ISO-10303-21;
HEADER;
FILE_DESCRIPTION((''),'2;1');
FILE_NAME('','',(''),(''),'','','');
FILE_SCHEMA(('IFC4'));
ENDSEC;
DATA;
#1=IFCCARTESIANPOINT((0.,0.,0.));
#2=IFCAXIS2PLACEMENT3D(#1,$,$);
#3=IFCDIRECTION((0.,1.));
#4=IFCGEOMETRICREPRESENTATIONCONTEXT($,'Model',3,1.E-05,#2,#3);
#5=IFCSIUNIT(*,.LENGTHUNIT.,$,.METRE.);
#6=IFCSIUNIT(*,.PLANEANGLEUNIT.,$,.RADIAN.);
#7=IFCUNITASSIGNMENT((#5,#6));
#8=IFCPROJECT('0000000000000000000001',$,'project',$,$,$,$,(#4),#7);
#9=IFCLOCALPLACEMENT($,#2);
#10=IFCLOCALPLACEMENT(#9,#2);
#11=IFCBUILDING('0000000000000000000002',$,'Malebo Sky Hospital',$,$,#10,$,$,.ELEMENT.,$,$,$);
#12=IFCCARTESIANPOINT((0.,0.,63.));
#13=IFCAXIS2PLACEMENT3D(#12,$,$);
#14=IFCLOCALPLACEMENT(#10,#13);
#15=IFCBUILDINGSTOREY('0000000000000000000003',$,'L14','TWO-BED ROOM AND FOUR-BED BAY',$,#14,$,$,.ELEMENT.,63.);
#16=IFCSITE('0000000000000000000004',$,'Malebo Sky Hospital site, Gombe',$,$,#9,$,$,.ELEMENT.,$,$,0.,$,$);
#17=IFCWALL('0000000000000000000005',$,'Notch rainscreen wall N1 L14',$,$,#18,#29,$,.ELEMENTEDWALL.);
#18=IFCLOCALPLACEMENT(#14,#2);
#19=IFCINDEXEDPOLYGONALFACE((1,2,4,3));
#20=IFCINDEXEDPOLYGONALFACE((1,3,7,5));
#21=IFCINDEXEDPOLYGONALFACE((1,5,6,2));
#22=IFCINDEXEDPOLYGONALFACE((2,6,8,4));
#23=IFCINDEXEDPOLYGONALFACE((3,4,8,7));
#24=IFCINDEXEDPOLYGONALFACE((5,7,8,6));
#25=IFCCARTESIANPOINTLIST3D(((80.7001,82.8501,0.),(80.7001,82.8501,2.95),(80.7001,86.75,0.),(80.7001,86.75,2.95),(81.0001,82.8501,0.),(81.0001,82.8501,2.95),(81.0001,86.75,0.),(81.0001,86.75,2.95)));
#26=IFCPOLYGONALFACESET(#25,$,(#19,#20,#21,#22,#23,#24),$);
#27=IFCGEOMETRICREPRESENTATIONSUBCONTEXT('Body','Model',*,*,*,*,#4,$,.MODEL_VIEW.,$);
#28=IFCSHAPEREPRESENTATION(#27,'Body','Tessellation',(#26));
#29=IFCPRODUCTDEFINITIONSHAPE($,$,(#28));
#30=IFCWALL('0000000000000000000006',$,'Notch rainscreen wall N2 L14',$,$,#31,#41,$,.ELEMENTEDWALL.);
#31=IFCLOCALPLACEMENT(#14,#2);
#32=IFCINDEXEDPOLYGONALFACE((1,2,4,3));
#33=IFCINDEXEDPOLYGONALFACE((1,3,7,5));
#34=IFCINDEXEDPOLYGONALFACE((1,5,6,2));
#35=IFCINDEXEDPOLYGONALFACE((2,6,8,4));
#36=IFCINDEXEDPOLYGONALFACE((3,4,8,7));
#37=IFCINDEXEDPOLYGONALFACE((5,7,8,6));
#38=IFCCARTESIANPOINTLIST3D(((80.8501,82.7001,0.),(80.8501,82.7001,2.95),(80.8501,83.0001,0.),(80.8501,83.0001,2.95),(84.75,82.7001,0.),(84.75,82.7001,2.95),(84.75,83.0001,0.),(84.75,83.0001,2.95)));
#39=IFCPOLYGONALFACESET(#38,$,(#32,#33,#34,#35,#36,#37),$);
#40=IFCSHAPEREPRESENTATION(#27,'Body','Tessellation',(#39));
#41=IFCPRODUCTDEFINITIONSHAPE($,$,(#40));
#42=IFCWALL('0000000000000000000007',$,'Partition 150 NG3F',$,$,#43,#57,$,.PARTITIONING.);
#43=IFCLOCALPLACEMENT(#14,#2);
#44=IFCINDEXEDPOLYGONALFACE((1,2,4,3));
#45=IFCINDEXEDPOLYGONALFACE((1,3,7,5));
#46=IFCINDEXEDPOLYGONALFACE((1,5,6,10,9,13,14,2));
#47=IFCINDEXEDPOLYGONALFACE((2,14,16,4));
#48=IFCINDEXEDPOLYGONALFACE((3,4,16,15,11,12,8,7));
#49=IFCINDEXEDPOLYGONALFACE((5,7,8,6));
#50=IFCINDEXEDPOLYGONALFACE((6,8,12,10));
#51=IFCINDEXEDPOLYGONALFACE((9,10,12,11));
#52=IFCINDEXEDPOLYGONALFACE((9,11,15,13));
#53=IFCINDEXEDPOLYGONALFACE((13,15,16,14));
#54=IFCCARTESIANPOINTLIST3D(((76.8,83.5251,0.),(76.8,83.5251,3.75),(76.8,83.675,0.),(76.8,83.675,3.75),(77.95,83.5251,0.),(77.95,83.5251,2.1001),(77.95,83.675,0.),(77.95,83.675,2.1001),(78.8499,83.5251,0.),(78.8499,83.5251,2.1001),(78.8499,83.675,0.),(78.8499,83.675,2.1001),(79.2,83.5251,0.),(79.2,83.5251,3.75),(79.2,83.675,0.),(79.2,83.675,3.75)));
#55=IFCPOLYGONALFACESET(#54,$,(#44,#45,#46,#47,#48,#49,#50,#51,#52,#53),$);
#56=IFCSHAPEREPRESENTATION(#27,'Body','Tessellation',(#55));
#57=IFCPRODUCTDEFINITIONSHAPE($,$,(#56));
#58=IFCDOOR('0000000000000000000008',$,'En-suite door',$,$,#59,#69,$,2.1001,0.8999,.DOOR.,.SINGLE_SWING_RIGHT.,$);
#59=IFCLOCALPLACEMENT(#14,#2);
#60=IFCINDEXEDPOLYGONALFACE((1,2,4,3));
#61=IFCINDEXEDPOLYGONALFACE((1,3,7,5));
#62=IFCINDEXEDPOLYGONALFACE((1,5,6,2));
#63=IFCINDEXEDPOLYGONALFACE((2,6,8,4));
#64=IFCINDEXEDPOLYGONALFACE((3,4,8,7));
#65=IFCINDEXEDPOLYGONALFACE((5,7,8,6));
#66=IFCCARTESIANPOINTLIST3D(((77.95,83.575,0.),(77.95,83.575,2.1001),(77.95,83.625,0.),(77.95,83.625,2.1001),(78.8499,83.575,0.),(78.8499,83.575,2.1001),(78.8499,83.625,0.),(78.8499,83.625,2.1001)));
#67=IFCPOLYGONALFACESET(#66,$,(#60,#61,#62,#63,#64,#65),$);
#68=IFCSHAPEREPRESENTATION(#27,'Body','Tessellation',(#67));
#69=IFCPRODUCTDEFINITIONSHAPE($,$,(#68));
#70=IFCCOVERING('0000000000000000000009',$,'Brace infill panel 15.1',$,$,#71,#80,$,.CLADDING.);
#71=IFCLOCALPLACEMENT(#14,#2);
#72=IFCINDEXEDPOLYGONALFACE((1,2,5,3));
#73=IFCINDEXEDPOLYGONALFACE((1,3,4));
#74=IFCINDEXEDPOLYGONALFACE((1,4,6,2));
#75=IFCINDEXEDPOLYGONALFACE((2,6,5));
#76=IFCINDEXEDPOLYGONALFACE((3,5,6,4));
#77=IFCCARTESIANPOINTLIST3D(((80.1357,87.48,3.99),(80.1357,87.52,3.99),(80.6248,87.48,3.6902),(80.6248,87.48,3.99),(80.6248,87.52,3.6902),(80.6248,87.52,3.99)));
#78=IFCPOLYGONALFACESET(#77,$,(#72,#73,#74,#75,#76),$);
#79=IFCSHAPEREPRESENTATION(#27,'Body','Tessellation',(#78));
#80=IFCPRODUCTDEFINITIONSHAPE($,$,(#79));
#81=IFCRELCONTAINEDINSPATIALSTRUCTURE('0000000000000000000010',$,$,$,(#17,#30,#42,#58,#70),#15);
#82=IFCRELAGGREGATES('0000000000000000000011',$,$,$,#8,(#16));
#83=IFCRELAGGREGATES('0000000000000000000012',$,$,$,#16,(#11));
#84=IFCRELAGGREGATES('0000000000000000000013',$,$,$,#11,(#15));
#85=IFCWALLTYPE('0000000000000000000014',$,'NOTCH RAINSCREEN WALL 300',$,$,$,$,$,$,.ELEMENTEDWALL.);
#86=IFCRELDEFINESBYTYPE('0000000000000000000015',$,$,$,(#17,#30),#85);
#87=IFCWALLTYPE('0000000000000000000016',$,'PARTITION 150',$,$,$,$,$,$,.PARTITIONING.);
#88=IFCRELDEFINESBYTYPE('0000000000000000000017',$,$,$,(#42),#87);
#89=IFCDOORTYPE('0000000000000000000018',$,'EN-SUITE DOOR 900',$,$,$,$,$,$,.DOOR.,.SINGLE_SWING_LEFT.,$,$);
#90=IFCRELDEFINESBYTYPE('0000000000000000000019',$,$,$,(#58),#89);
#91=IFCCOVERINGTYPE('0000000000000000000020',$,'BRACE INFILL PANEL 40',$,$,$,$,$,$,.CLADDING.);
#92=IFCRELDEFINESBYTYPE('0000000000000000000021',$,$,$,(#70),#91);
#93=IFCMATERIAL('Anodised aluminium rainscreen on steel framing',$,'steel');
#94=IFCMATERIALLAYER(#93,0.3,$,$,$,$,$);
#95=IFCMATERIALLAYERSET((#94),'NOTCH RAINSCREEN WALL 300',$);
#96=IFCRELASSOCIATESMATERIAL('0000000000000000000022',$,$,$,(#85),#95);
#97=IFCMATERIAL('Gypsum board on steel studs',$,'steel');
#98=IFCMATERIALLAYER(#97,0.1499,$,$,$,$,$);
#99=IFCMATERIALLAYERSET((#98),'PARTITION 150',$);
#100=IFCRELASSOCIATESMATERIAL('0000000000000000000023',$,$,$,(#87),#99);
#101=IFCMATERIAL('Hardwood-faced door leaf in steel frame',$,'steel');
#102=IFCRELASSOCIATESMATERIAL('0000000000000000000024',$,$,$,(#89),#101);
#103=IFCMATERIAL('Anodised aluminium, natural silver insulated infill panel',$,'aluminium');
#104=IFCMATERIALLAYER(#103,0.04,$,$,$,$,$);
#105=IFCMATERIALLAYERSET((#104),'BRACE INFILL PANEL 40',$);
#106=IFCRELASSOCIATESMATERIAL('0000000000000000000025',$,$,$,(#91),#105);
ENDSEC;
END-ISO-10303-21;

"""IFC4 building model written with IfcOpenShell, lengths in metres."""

from ifc_helpers import new_model, si_unit, direction, frame, frame_2d, origin, place, context, subcontext, project, spatial, polyline, rectangle, outline, extrude, material, layer, layer_set, type_object, element, fill, save


model = new_model("IFC4")

# Units and contexts
model_context = context("Model", 3, precision=1e-05, world=origin(), true_north=direction((0.0, 1.0)))
body_context = subcontext(model_context, "Body", "Model", "MODEL_VIEW")
ifc_project = project(units=[si_unit("LENGTHUNIT", "METRE"), si_unit("PLANEANGLEUNIT", "RADIAN")], contexts=[model_context])

# Site, building, storey
site_placement = place(None, origin())
site = spatial("IfcSite", under=ifc_project, at=site_placement, Name="Malebo Sky Hospital site, Gombe", CompositionType="ELEMENT", RefElevation=0.0)
building_placement = place(site_placement, origin())
building = spatial("IfcBuilding", under=site, at=building_placement, Name="Malebo Sky Hospital", CompositionType="ELEMENT")
storey_placement = place(building_placement, frame((0.0, 0.0, 63.0)))
storey = spatial("IfcBuildingStorey", under=building, at=storey_placement, Name="L14", Description="TWO-BED ROOM AND FOUR-BED BAY", CompositionType="ELEMENT", Elevation=63.0)

# Walls
ifc_material_1 = material(Name="Anodised aluminium rainscreen on steel framing", Category="steel")
ifc_layer_1 = layer(ifc_material_1, 0.3)
ifc_layer_set_1 = layer_set([ifc_layer_1], Name="NOTCH RAINSCREEN WALL 300")
wall_type_1 = type_object("IfcWallType", Name="NOTCH RAINSCREEN WALL 300", PredefinedType="ELEMENTEDWALL", material=ifc_layer_set_1)
for number, where, z_axis, x_axis, name in (
    (1, (80.8501, 86.75, 0.0), (0.0, 0.0, 1.0), (0.0, -1.0, 0.0), "Notch rainscreen wall N1 L14"),
    (2, (80.8501, 82.8501, 0.0), (0.0, 0.0, 1.0), (1.0, 0.0, 0.0), "Notch rainscreen wall N2 L14"),
):
    element("IfcWall", number, at=place(storey_placement, frame(where, z_axis=z_axis, x_axis=x_axis)), inside=storey, type_object=wall_type_1, Name=name, PredefinedType="ELEMENTEDWALL", context=body_context, shape_type="SweptSolid", body=[
        extrude(rectangle(XDim=3.8999, YDim=0.3, at=frame_2d((1.95, 0.0))), origin(), (0.0, 0.0, 1.0), 2.95),
    ])

# Wall, opening, door
ifc_material_2 = material(Name="Gypsum board on steel studs", Category="steel")
ifc_layer_2 = layer(ifc_material_2, 0.1499)
ifc_layer_set_2 = layer_set([ifc_layer_2], Name="PARTITION 150")
wall_type_2 = type_object("IfcWallType", Name="PARTITION 150", PredefinedType="PARTITIONING", material=ifc_layer_set_2)
wall_placement = place(storey_placement, frame((76.8, 83.6001, 0.0), z_axis=(0.0, 0.0, 1.0), x_axis=(1.0, 0.0, 0.0)))
wall = element("IfcWall", 3, at=wall_placement, inside=storey, type_object=wall_type_2, Name="Partition 150 NG3F", PredefinedType="PARTITIONING", context=body_context, shape_type="SweptSolid", body=[
    extrude(rectangle(XDim=2.3999, YDim=0.1499, at=frame_2d((1.2, 0.0))), origin(), (0.0, 0.0, 1.0), 3.75),
])
opening_placement = place(wall_placement, frame((1.1499, 0.0, 0.0)))
opening = element("IfcOpeningElement", 4, at=opening_placement, cuts=wall, PredefinedType="OPENING", context=body_context, shape_type="SweptSolid", body=[
    extrude(rectangle(XDim=0.8999, YDim=2.1001, at=frame_2d((0.45, 1.05))), frame((0.0, 0.085, 0.0), z_axis=(0.0, -1.0, 0.0), x_axis=(1.0, 0.0, 0.0)), (0.0, 0.0, 1.0), 0.1699),
])
ifc_material_3 = material(Name="Hardwood-faced door leaf in steel frame", Category="steel")
door_type = type_object("IfcDoorType", Name="EN-SUITE DOOR 900", OperationType="SINGLE_SWING_LEFT", PredefinedType="DOOR", material=ifc_material_3)
door_placement = place(opening_placement, origin())
door = element("IfcDoor", 5, at=door_placement, inside=storey, type_object=door_type, Name="En-suite door", OperationType="SINGLE_SWING_RIGHT", OverallHeight=2.1001, OverallWidth=0.8999, PredefinedType="DOOR", context=body_context, shape_type="SweptSolid", body=[
    extrude(rectangle(XDim=0.8999, YDim=2.1001, at=frame_2d((0.45, 1.05))), frame((0.0, 0.0249, 0.0), z_axis=(0.0, -1.0, 0.0), x_axis=(1.0, 0.0, 0.0)), (0.0, 0.0, 1.0), 0.05),
])
fill(opening, door)

# Covering
ifc_material_4 = material(Name="Anodised aluminium, natural silver insulated infill panel", Category="aluminium")
ifc_layer_3 = layer(ifc_material_4, 0.04)
ifc_layer_set_3 = layer_set([ifc_layer_3], Name="BRACE INFILL PANEL 40")
covering_type = type_object("IfcCoveringType", Name="BRACE INFILL PANEL 40", PredefinedType="CLADDING", material=ifc_layer_set_3)
covering_placement = place(storey_placement, frame((80.3804, 87.5, 3.6902), z_axis=(0.0, 0.0, 1.0), x_axis=(1.0, 0.0, 0.0)))
element("IfcCovering", 6, at=covering_placement, inside=storey, type_object=covering_type, Name="Brace infill panel 15.1", PredefinedType="CLADDING", context=body_context, shape_type="SweptSolid", body=[
    extrude(outline(polyline([(0.2444, 0.0), (0.2444, 0.2998), (-0.2446, 0.2998), (0.2444, 0.0)])), frame((0.0, 0.02, 0.0), z_axis=(0.0, -1.0, 0.0), x_axis=(1.0, 0.0, 0.0)), (0.0, 0.0, 1.0), 0.04),
])

save(model, "model.ifc")
